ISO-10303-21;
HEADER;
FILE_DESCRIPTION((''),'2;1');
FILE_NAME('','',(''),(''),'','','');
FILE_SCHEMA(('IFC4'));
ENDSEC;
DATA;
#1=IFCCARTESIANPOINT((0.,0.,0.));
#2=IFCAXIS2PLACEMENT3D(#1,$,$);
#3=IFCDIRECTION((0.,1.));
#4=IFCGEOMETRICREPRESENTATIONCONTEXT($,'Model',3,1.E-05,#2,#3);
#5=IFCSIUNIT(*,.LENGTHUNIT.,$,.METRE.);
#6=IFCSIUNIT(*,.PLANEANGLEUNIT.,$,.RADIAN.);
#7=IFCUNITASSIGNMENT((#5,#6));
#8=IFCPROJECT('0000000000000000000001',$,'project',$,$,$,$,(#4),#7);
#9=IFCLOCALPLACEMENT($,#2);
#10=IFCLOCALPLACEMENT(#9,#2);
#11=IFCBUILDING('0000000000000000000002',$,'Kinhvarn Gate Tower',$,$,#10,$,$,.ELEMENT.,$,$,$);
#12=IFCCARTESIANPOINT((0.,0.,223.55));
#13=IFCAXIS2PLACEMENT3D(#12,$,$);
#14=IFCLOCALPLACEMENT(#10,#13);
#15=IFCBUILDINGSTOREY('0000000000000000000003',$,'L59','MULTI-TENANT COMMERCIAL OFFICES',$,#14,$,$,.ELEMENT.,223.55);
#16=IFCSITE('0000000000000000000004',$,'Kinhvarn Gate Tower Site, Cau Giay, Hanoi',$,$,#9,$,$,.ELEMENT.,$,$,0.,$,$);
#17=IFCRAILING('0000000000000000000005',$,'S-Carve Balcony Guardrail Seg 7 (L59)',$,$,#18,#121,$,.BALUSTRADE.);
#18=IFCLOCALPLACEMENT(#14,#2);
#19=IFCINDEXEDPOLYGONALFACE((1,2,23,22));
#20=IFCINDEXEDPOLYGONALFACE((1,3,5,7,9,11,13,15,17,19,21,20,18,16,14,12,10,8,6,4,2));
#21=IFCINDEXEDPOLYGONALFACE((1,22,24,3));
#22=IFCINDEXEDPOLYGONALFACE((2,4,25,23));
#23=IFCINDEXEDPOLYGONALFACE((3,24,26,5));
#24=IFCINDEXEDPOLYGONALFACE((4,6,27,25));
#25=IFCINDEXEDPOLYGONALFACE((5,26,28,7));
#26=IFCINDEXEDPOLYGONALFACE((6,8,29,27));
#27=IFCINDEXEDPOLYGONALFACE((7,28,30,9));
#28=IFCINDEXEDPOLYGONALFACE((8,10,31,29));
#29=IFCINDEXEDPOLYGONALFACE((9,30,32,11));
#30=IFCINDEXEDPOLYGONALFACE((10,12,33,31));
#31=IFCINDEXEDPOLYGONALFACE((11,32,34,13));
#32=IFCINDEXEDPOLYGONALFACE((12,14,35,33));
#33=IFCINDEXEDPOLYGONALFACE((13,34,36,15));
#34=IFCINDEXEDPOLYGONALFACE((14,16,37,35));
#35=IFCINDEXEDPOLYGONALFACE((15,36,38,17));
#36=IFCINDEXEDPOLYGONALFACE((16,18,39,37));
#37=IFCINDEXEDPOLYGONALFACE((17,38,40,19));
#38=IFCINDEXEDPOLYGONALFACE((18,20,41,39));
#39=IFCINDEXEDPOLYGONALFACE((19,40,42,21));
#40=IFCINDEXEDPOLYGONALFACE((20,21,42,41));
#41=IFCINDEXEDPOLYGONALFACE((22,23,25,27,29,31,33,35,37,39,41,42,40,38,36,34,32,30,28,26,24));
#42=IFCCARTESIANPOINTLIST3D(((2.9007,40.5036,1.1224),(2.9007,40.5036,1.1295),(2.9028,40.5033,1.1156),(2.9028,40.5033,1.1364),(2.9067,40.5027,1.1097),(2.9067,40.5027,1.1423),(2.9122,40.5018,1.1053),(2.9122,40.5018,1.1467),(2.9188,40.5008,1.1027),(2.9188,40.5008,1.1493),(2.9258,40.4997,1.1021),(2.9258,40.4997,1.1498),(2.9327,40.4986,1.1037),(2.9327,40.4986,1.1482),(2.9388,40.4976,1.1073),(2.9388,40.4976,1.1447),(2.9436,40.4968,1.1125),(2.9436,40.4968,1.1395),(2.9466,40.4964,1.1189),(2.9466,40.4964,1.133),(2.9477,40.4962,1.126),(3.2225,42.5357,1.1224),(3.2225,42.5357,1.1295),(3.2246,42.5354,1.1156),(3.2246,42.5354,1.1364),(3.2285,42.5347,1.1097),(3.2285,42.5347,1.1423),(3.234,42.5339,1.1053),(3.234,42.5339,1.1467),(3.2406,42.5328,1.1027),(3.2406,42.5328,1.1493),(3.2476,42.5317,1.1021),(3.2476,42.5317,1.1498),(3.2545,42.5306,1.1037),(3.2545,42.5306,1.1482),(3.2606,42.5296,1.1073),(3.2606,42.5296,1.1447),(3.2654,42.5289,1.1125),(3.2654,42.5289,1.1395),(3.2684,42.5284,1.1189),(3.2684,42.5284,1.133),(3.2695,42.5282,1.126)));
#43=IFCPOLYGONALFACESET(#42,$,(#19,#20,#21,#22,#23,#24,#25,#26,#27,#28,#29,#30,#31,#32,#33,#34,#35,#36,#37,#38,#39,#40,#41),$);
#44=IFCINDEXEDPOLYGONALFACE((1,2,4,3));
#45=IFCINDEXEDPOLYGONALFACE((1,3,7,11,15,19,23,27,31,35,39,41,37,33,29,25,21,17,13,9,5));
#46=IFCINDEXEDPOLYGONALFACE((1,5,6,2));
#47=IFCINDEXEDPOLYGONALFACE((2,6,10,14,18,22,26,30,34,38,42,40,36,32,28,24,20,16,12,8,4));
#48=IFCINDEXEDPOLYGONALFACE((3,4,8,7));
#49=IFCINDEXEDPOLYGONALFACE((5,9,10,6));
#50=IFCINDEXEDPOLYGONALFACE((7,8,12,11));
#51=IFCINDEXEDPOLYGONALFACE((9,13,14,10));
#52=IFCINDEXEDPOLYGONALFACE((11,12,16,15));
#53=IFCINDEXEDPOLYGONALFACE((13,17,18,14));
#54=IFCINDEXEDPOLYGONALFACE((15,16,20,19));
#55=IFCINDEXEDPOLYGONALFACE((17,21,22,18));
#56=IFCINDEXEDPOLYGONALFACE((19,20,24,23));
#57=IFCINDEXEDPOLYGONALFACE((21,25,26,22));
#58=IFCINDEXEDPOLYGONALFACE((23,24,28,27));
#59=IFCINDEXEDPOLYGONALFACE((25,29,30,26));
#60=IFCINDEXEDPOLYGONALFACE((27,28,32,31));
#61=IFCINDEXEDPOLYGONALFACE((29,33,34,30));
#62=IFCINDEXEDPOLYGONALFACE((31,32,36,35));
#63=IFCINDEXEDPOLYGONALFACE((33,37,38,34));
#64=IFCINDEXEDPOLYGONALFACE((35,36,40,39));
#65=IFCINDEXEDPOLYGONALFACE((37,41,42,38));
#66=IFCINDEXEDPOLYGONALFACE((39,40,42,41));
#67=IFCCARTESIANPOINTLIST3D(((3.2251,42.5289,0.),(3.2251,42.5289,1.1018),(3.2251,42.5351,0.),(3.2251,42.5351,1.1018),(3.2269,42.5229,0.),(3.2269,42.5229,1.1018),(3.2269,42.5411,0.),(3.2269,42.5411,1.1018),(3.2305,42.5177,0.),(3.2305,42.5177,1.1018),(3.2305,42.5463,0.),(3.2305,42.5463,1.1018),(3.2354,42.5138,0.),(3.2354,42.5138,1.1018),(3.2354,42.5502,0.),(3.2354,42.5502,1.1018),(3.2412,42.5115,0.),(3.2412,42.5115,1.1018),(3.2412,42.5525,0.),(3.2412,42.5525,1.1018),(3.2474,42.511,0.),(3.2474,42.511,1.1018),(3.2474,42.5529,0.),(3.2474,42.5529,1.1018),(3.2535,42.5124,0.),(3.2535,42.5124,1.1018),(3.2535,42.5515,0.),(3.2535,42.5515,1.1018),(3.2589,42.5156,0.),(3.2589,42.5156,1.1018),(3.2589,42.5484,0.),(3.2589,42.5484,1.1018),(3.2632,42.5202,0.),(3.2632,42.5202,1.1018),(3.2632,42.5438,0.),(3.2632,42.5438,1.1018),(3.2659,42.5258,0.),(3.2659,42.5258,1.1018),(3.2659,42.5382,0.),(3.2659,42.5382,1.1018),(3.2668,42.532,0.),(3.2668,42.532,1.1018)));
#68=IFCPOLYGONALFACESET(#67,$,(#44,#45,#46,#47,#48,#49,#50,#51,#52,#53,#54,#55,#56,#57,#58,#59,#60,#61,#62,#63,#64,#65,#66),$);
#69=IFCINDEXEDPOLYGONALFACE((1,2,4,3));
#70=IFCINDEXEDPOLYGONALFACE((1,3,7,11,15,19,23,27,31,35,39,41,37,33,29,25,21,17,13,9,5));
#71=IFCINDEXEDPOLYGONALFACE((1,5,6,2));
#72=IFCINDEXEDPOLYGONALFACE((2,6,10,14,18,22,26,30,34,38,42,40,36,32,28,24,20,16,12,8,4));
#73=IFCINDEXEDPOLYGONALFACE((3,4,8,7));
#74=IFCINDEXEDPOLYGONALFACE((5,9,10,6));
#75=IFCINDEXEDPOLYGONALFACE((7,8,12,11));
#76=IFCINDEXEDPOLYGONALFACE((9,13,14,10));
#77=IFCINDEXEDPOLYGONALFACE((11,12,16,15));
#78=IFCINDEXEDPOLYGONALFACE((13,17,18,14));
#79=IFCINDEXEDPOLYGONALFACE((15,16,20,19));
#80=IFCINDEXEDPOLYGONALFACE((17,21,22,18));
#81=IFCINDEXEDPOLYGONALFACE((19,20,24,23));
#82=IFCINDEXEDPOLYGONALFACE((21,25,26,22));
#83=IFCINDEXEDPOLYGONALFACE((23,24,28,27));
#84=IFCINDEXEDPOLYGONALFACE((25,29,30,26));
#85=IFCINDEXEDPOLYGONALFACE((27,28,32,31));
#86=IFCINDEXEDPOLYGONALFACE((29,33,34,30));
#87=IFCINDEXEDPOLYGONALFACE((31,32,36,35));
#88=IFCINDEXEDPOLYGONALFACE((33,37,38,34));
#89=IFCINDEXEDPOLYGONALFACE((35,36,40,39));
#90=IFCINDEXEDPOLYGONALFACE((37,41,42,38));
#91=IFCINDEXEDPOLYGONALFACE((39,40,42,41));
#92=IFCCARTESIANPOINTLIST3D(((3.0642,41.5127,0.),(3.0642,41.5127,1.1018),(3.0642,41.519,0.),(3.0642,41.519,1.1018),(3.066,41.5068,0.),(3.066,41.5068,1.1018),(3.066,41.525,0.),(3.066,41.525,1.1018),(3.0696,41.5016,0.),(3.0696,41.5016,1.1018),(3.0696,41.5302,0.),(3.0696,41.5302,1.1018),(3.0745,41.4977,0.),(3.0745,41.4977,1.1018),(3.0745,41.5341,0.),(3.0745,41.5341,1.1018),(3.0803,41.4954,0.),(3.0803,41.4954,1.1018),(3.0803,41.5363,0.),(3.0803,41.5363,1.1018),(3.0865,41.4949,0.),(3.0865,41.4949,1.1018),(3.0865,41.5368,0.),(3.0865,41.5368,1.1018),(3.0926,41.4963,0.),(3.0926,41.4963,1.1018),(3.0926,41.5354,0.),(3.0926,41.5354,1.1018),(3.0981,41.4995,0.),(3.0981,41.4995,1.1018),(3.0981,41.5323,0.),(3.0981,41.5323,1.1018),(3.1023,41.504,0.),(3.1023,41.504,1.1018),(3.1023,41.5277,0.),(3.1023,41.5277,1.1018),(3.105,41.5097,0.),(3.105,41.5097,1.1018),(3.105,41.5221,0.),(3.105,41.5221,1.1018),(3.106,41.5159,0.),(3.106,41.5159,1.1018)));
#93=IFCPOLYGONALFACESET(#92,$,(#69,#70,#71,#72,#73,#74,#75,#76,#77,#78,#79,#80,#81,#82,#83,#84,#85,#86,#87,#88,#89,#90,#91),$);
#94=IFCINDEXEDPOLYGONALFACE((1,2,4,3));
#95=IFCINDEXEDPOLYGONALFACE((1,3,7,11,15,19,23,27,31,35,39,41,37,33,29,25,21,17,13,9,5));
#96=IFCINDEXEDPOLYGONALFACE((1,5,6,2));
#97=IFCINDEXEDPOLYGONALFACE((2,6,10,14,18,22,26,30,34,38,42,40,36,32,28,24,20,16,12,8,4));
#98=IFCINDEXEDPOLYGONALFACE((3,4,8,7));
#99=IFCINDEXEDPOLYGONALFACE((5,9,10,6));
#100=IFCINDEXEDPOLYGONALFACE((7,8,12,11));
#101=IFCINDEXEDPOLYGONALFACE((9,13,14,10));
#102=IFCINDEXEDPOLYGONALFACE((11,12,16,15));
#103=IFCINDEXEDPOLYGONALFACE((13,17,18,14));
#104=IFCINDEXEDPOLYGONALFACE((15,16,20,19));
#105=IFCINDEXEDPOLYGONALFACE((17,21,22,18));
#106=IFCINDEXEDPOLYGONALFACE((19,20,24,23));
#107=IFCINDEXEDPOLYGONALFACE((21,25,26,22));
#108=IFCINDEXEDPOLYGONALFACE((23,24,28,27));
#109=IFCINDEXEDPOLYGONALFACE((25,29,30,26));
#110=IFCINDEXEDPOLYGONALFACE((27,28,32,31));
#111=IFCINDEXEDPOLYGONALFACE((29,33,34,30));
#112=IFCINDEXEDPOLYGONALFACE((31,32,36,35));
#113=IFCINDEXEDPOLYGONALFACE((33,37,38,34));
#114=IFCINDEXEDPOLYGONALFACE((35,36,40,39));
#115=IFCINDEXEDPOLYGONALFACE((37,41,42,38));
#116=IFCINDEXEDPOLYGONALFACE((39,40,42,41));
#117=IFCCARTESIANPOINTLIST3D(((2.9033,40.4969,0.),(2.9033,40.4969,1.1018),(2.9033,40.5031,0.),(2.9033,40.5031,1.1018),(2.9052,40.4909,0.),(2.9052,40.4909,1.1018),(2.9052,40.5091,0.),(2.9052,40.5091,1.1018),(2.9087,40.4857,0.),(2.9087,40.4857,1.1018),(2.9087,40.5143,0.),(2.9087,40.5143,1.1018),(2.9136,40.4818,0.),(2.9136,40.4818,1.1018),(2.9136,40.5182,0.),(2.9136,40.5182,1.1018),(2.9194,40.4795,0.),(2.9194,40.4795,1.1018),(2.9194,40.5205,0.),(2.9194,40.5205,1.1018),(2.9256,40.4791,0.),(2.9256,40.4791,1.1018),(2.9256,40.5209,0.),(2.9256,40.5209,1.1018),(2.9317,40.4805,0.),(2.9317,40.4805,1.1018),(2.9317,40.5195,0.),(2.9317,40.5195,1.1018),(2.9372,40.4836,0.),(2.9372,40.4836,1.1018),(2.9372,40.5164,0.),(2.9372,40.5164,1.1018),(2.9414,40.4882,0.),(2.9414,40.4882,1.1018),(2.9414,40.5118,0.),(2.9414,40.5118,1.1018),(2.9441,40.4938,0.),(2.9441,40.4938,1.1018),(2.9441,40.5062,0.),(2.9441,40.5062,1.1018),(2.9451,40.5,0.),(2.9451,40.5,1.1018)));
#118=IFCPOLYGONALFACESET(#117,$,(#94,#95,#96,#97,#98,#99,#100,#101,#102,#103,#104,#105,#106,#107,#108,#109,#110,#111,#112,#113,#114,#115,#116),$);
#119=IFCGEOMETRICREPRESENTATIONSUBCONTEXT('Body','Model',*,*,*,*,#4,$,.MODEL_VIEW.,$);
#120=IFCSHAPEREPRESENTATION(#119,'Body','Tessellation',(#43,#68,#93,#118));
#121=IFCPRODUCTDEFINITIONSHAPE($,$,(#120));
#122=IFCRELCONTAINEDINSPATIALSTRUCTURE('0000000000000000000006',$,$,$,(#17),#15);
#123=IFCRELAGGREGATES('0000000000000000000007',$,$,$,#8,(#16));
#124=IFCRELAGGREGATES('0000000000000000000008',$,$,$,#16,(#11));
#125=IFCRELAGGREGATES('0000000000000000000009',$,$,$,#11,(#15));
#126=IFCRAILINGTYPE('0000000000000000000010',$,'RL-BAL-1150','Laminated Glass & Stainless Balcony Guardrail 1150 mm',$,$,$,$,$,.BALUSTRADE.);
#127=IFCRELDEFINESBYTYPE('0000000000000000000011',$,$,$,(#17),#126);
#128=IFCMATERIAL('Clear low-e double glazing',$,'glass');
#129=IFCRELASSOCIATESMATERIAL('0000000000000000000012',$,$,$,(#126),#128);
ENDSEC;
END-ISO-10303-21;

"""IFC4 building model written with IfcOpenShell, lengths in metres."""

from ifc_helpers import new_model, si_unit, direction, frame, origin, origin_2d, place, context, subcontext, project, spatial, circle, extrude, material, type_object, element, save


model = new_model("IFC4")

# Units and contexts
model_context = context("Model", 3, precision=1e-05, world=origin(), true_north=direction((0.0, 1.0)))
body_context = subcontext(model_context, "Body", "Model", "MODEL_VIEW")
ifc_project = project(units=[si_unit("LENGTHUNIT", "METRE"), si_unit("PLANEANGLEUNIT", "RADIAN")], contexts=[model_context])

# Site, building, storey
site_placement = place(None, origin())
site = spatial("IfcSite", under=ifc_project, at=site_placement, Name="Kinhvarn Gate Tower Site, Cau Giay, Hanoi", CompositionType="ELEMENT", RefElevation=0.0)
building_placement = place(site_placement, origin())
building = spatial("IfcBuilding", under=site, at=building_placement, Name="Kinhvarn Gate Tower", CompositionType="ELEMENT")
storey_placement = place(building_placement, frame((0.0, 0.0, 223.55)))
storey = spatial("IfcBuildingStorey", under=building, at=storey_placement, Name="L59", Description="MULTI-TENANT COMMERCIAL OFFICES", CompositionType="ELEMENT", Elevation=223.55)

# Shared definitions
ifc_material_1 = material(Name="Clear low-e double glazing", Category="glass")

# Railing
railing_type = type_object("IfcRailingType", Name="RL-BAL-1150", Description="Laminated Glass & Stainless Balcony Guardrail 1150 mm", PredefinedType="BALUSTRADE", material=ifc_material_1)
railing_1_placement = place(storey_placement, frame((3.2458, 42.532, 0.0)))
element("IfcRailing", 1, at=railing_1_placement, inside=storey, type_object=railing_type, Name="S-Carve Balcony Guardrail Seg 7 (L59)", PredefinedType="BALUSTRADE", context=body_context, shape_type="SweptSolid", body=[
    extrude(circle(Radius=0.0239, at=origin_2d()), frame((0.0, 0.0, 1.126), z_axis=(-0.156407, -0.987693, 0.0), x_axis=(0.987693, -0.156407, 0.0)), (0.0, 0.0, 1.0), 2.0574),
    extrude(circle(Radius=0.021, at=origin_2d()), origin(), (0.0, 0.0, 1.0), 1.1018),
    extrude(circle(Radius=0.021, at=origin_2d()), frame((-0.1609, -1.0161, 0.0)), (0.0, 0.0, 1.0), 1.1018),
    extrude(circle(Radius=0.021, at=origin_2d()), frame((-0.3218, -2.032, 0.0)), (0.0, 0.0, 1.0), 1.1018),
])

save(model, "model.ifc")
